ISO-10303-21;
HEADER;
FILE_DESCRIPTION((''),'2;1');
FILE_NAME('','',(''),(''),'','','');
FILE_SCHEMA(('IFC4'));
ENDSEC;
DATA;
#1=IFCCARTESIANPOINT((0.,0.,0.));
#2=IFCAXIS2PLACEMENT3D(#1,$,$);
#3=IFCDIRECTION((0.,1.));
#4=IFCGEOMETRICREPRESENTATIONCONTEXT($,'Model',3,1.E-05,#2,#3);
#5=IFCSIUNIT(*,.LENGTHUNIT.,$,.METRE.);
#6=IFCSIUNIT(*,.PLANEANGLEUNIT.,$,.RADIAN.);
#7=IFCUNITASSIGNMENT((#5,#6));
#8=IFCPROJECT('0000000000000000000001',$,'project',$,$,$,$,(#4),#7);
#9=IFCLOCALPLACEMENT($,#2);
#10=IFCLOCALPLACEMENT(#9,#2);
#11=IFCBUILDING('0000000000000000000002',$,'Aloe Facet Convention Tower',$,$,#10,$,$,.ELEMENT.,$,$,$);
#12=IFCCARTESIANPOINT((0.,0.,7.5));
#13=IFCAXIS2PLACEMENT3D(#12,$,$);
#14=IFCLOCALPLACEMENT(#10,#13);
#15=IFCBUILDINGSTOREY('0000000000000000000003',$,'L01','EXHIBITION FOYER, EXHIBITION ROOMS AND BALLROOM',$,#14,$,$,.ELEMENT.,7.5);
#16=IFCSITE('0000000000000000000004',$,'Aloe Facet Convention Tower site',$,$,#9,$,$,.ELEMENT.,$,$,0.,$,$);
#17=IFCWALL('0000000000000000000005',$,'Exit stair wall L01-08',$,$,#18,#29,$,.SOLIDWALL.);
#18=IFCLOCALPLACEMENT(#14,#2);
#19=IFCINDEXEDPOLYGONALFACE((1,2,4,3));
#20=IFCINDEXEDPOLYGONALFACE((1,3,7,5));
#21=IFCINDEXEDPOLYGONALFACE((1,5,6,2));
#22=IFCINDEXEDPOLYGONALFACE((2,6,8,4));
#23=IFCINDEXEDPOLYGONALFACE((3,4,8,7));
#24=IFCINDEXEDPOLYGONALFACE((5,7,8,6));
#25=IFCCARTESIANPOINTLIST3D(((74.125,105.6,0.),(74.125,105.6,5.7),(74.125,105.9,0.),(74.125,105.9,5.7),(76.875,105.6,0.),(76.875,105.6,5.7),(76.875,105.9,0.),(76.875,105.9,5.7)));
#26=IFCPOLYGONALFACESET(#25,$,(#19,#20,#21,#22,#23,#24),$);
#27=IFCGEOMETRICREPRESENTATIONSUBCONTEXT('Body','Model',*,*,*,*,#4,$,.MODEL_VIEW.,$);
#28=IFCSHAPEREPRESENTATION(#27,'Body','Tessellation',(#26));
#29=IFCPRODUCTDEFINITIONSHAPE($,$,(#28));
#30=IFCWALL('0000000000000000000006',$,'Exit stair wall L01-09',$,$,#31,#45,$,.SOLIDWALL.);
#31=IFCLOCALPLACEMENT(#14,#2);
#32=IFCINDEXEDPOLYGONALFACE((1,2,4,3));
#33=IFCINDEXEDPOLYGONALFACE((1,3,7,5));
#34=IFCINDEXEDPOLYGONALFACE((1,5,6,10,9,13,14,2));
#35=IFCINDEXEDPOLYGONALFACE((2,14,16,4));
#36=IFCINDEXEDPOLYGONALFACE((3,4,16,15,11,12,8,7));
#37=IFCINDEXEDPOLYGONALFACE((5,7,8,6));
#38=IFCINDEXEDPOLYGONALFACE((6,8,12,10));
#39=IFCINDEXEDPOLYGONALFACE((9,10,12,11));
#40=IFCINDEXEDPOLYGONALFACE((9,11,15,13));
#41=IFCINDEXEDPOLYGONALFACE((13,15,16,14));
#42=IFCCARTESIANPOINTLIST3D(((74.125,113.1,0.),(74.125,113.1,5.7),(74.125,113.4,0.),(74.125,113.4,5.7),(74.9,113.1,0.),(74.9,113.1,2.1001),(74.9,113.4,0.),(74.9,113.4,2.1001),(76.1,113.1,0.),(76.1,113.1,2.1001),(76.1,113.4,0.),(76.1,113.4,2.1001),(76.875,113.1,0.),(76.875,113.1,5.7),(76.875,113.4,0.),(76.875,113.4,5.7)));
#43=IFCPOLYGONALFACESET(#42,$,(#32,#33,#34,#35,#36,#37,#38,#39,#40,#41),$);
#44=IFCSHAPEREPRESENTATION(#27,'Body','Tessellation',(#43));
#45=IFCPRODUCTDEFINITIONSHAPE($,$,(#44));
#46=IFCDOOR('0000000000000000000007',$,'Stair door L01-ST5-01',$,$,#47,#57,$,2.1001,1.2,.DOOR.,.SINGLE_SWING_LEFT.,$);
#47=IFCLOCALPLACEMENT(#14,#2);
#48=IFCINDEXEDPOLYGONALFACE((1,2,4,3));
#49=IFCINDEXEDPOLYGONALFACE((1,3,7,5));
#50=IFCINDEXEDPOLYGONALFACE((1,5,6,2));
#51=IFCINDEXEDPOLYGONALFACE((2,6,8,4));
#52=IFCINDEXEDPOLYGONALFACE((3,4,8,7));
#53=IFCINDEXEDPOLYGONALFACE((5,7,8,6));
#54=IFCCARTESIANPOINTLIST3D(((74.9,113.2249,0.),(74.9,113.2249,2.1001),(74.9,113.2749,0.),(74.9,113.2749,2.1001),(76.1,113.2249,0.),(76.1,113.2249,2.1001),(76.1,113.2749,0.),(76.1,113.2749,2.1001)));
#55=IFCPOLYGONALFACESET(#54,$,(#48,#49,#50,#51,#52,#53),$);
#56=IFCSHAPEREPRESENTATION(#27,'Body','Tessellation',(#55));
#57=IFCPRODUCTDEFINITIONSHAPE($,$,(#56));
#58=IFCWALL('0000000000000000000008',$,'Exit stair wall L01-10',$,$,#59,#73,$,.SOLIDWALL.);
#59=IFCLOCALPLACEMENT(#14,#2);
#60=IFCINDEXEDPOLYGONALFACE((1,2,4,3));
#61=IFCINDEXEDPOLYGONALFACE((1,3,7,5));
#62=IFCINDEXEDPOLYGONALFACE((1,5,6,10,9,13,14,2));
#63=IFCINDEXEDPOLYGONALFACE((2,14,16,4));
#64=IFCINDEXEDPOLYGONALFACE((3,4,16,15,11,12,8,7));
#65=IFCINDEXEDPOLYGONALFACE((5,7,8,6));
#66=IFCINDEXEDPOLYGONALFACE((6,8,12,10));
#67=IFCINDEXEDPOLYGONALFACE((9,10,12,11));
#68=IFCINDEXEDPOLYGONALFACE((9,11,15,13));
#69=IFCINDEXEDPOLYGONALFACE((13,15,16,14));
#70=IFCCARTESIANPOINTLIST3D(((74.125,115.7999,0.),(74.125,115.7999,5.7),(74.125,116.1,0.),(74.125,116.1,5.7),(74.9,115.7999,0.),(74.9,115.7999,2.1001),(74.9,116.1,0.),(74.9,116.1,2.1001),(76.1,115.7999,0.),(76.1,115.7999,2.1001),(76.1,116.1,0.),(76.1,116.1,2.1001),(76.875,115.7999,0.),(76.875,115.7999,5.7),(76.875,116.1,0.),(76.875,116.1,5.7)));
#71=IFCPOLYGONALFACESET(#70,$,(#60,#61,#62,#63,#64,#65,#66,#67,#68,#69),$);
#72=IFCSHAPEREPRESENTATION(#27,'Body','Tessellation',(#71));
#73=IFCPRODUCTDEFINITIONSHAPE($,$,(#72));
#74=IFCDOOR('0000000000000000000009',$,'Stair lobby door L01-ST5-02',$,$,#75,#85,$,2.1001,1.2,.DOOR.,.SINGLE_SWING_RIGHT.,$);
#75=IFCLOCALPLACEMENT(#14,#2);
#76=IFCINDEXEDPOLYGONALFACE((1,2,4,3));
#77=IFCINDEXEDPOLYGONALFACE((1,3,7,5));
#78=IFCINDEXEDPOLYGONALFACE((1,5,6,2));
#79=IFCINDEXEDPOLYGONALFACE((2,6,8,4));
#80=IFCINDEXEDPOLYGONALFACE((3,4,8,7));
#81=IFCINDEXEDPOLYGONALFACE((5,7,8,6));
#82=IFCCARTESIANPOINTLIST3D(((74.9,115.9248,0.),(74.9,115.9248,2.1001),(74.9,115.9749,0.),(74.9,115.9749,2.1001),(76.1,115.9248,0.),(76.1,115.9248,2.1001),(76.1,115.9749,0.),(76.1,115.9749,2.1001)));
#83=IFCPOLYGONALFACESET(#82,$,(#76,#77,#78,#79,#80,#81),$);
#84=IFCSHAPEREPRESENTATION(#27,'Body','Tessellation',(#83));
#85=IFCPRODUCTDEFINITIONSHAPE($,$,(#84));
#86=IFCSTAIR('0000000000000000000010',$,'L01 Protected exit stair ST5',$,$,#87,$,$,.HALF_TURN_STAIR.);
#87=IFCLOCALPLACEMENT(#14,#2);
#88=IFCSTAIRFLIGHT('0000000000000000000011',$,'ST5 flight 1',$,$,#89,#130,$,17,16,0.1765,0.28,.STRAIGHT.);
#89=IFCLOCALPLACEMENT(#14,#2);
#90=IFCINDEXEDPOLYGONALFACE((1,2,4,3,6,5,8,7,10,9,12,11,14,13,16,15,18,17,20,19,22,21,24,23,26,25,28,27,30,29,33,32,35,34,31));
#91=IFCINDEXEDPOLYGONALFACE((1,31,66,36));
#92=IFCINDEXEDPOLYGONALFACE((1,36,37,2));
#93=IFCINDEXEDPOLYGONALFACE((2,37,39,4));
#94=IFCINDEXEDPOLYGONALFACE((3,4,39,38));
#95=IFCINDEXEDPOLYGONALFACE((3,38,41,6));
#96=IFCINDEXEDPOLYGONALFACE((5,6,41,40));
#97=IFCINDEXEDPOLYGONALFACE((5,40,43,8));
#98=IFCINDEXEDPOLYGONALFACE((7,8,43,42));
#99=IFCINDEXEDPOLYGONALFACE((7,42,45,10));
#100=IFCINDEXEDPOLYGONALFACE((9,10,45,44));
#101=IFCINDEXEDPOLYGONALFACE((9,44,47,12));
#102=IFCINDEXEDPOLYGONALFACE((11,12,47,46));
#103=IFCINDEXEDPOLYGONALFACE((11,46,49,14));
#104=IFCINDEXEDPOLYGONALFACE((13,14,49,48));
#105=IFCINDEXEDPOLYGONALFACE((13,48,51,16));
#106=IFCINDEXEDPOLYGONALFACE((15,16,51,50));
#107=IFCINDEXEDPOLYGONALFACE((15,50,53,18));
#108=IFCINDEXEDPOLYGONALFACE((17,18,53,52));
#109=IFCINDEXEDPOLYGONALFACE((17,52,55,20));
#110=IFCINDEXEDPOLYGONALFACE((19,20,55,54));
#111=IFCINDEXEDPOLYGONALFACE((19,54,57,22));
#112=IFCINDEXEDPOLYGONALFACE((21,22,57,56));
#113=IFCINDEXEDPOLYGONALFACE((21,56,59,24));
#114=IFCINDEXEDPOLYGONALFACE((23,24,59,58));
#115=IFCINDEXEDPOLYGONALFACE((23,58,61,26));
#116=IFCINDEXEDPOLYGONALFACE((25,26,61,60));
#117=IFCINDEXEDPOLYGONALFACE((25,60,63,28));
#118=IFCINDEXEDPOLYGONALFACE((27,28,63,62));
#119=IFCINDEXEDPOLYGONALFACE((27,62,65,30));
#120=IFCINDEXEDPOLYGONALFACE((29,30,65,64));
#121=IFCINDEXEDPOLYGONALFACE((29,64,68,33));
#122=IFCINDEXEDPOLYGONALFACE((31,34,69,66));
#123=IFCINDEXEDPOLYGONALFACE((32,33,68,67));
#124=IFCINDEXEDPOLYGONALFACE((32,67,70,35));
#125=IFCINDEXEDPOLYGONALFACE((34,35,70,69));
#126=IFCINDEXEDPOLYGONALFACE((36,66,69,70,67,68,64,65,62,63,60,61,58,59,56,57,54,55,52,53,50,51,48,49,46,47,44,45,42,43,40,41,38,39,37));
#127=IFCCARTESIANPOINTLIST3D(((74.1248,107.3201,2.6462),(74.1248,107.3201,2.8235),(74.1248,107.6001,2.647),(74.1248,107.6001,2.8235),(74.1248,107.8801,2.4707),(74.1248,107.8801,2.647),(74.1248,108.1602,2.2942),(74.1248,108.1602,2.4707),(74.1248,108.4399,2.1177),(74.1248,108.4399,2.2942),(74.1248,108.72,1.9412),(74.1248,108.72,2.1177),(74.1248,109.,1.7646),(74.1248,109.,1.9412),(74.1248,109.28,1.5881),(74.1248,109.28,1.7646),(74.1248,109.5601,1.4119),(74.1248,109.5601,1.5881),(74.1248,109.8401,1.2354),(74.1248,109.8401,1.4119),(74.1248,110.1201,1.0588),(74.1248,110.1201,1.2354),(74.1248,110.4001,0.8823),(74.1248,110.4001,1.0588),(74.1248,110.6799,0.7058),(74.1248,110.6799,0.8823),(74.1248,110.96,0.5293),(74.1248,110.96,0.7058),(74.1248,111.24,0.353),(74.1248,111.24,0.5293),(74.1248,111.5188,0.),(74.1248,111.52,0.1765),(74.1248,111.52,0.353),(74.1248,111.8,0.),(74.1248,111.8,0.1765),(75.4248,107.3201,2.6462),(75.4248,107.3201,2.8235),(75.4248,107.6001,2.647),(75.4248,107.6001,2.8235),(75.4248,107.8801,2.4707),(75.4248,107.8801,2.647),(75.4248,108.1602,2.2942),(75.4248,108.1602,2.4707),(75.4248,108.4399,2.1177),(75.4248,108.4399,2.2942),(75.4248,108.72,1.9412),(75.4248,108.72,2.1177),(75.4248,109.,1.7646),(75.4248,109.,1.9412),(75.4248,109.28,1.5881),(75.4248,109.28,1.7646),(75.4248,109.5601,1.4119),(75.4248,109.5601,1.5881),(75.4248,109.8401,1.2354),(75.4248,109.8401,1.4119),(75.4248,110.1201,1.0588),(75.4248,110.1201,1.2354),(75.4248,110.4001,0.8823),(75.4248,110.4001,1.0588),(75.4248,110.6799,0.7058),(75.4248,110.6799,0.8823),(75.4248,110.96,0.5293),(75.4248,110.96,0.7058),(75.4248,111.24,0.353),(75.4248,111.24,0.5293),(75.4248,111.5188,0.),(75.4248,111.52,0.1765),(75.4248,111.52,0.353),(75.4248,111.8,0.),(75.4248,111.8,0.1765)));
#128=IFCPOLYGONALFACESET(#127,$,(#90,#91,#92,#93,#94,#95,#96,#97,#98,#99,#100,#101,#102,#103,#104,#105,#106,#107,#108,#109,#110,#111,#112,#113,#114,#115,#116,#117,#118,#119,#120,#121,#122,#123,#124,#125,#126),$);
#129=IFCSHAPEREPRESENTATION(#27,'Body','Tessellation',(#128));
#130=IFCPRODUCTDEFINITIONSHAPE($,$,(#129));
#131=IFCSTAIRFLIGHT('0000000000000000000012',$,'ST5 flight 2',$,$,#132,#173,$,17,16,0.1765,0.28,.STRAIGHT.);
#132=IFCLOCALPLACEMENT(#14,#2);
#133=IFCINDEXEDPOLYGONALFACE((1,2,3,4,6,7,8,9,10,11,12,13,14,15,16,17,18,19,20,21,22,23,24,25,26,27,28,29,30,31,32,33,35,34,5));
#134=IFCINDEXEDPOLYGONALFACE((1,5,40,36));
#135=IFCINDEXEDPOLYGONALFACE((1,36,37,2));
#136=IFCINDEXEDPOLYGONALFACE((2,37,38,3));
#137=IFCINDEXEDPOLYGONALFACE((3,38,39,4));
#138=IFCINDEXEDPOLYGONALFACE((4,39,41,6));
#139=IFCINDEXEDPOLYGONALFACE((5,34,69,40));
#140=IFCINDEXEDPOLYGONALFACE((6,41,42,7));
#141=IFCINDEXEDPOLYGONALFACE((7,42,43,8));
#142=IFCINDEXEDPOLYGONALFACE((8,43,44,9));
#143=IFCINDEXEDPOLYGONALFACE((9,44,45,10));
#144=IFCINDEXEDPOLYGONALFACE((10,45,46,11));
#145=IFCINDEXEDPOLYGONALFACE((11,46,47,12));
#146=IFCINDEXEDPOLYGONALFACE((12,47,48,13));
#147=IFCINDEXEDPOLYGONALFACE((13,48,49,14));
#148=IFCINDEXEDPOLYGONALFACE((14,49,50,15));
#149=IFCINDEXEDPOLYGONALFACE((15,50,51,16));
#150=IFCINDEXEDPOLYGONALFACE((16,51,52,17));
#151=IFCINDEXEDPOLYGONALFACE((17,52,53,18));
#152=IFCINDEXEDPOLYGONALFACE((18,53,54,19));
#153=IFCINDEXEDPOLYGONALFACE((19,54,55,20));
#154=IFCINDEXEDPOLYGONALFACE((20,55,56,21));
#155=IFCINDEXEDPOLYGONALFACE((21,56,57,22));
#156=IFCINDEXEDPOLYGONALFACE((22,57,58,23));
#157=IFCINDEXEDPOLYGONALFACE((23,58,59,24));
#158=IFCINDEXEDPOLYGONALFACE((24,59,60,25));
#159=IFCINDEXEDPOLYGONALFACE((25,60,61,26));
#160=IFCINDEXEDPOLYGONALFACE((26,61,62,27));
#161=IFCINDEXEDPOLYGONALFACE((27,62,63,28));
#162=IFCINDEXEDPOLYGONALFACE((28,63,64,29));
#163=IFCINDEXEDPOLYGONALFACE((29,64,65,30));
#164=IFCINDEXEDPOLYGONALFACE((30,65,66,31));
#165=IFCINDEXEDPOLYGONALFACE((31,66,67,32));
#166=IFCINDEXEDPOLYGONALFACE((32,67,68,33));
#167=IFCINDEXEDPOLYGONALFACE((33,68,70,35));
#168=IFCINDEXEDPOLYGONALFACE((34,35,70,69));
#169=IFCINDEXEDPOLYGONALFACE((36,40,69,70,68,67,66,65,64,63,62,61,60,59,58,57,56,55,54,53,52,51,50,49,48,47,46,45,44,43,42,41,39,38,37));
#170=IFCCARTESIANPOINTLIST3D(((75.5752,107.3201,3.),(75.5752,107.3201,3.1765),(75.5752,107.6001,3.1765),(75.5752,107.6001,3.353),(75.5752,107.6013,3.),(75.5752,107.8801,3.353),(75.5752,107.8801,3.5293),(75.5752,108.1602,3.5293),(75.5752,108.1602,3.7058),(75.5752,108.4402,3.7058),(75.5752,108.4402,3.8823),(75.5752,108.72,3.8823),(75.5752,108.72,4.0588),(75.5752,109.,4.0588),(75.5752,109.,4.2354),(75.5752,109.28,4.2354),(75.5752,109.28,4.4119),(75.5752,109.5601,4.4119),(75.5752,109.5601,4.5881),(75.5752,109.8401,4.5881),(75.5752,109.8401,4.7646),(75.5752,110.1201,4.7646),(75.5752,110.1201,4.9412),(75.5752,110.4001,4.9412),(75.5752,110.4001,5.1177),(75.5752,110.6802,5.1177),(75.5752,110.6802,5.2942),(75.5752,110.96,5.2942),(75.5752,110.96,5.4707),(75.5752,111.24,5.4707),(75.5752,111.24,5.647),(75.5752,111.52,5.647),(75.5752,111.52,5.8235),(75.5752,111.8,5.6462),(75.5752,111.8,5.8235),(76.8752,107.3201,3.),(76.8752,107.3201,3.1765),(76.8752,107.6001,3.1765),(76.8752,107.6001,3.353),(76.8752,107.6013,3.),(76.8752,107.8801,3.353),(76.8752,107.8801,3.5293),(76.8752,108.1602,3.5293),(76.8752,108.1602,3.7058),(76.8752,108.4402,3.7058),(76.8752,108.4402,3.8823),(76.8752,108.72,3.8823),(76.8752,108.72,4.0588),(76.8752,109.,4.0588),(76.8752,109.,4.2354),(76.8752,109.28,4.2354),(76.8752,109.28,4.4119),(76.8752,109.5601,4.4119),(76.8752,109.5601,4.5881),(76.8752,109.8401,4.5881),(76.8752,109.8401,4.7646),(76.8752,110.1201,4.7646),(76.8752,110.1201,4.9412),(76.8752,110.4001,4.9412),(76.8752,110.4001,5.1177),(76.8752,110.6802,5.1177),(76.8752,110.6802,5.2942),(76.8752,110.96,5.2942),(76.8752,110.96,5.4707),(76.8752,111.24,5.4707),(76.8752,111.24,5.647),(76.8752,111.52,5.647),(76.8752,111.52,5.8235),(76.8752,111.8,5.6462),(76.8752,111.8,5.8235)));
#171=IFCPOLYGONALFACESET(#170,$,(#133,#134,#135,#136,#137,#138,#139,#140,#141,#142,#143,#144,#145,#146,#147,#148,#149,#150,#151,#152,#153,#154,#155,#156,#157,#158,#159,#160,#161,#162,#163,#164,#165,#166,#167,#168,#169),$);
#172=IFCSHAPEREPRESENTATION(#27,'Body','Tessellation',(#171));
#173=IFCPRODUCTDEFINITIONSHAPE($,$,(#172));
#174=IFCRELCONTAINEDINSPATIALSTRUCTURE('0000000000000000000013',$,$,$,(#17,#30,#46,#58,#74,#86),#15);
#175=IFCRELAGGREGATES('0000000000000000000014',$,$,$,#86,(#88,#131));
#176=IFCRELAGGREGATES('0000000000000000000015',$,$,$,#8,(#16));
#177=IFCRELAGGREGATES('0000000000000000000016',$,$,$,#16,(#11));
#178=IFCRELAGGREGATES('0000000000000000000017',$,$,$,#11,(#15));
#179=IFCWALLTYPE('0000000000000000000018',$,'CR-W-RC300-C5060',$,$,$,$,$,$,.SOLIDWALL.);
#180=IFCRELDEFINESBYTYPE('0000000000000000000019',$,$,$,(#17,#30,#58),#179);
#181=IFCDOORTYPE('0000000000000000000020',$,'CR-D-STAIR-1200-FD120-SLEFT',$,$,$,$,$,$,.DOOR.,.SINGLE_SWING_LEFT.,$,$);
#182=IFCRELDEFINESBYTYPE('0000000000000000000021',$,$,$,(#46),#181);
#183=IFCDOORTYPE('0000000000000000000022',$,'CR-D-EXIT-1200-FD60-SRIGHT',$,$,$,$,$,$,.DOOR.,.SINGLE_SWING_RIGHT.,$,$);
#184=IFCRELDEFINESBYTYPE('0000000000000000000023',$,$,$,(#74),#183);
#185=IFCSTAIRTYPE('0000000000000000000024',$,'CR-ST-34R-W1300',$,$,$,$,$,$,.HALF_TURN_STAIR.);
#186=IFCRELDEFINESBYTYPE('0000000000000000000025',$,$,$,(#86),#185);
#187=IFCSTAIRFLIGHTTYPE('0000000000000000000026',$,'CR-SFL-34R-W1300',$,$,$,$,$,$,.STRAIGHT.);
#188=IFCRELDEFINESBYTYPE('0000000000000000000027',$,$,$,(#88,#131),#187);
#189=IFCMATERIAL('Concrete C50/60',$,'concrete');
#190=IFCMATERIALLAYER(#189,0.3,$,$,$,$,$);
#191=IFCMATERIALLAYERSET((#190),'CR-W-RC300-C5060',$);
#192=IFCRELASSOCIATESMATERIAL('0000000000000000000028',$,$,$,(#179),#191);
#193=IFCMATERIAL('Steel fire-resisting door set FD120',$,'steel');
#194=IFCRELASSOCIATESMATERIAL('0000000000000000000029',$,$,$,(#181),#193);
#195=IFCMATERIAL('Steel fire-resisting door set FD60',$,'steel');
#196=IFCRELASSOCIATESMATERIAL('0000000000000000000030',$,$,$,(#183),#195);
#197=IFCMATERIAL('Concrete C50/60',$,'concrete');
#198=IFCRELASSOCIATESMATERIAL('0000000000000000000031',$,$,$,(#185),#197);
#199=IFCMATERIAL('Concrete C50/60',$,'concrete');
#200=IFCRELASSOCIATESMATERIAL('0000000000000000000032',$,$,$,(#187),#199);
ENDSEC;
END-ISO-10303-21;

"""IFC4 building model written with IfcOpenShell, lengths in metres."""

from ifc_helpers import new_model, si_unit, direction, frame, frame_2d, origin, place, context, subcontext, project, spatial, polyline, rectangle, outline, extrude, material, layer, layer_set, type_object, element, fill, aggregate, save


model = new_model("IFC4")

# Units and contexts
model_context = context("Model", 3, precision=1e-05, world=origin(), true_north=direction((0.0, 1.0)))
body_context = subcontext(model_context, "Body", "Model", "MODEL_VIEW")
ifc_project = project(units=[si_unit("LENGTHUNIT", "METRE"), si_unit("PLANEANGLEUNIT", "RADIAN")], contexts=[model_context])

# Site, building, storey
site_placement = place(None, origin())
site = spatial("IfcSite", under=ifc_project, at=site_placement, Name="Aloe Facet Convention Tower site", CompositionType="ELEMENT", RefElevation=0.0)
building_placement = place(site_placement, origin())
building = spatial("IfcBuilding", under=site, at=building_placement, Name="Aloe Facet Convention Tower", CompositionType="ELEMENT")
storey_placement = place(building_placement, frame((0.0, 0.0, 7.5)))
storey = spatial("IfcBuildingStorey", under=building, at=storey_placement, Name="L01", Description="EXHIBITION FOYER, EXHIBITION ROOMS AND BALLROOM", CompositionType="ELEMENT", Elevation=7.5)

# Wall
ifc_material_1 = material(Name="Concrete C50/60", Category="concrete")
ifc_layer = layer(ifc_material_1, 0.3)
ifc_layer_set = layer_set([ifc_layer], Name="CR-W-RC300-C5060")
wall_type = type_object("IfcWallType", Name="CR-W-RC300-C5060", PredefinedType="SOLIDWALL", material=ifc_layer_set)
wall_1_placement = place(storey_placement, frame((74.125, 105.75, 0.0), z_axis=(0.0, 0.0, 1.0), x_axis=(1.0, 0.0, 0.0)))
element("IfcWall", 1, at=wall_1_placement, inside=storey, type_object=wall_type, Name="Exit stair wall L01-08", PredefinedType="SOLIDWALL", context=body_context, shape_type="SweptSolid", body=[
    extrude(rectangle(XDim=2.75, YDim=0.3, at=frame_2d((1.375, 0.0))), origin(), (0.0, 0.0, 1.0), 5.7),
])

# Walls, openings, doors
wall_2_placement = place(storey_placement, frame((74.125, 113.25, 0.0), z_axis=(0.0, 0.0, 1.0), x_axis=(1.0, 0.0, 0.0)))
wall_2 = element("IfcWall", 2, at=wall_2_placement, inside=storey, type_object=wall_type, Name="Exit stair wall L01-09", PredefinedType="SOLIDWALL", context=body_context, shape_type="SweptSolid", body=[
    extrude(rectangle(XDim=2.75, YDim=0.3, at=frame_2d((1.375, 0.0))), origin(), (0.0, 0.0, 1.0), 5.7),
])
opening_1_placement = place(wall_2_placement, frame((0.7749, 0.0, 0.0)))
opening_1 = element("IfcOpeningElement", 3, at=opening_1_placement, cuts=wall_2, PredefinedType="OPENING", context=body_context, shape_type="SweptSolid", body=[
    extrude(rectangle(XDim=1.2, YDim=2.1001, at=frame_2d((0.6001, 1.05))), frame((0.0, 0.1602, 0.0), z_axis=(0.0, -1.0, 0.0), x_axis=(1.0, 0.0, 0.0)), (0.0, 0.0, 1.0), 0.3201),
])
ifc_material_2 = material(Name="Steel fire-resisting door set FD120", Category="steel")
door_type_1 = type_object("IfcDoorType", Name="CR-D-STAIR-1200-FD120-SLEFT", OperationType="SINGLE_SWING_LEFT", PredefinedType="DOOR", material=ifc_material_2)
door_1_placement = place(opening_1_placement, origin())
door_1 = element("IfcDoor", 4, at=door_1_placement, inside=storey, type_object=door_type_1, Name="Stair door L01-ST5-01", OperationType="SINGLE_SWING_LEFT", OverallHeight=2.1001, OverallWidth=1.2, PredefinedType="DOOR", context=body_context, shape_type="SweptSolid", body=[
    extrude(rectangle(XDim=1.2, YDim=2.1001, at=frame_2d((0.6001, 1.05))), frame((0.0, 0.0249, 0.0), z_axis=(0.0, -1.0, 0.0), x_axis=(1.0, 0.0, 0.0)), (0.0, 0.0, 1.0), 0.05),
])
fill(opening_1, door_1)
wall_3_placement = place(storey_placement, frame((74.125, 115.95, 0.0), z_axis=(0.0, 0.0, 1.0), x_axis=(1.0, 0.0, 0.0)))
wall_3 = element("IfcWall", 5, at=wall_3_placement, inside=storey, type_object=wall_type, Name="Exit stair wall L01-10", PredefinedType="SOLIDWALL", context=body_context, shape_type="SweptSolid", body=[
    extrude(rectangle(XDim=2.75, YDim=0.3, at=frame_2d((1.375, 0.0))), origin(), (0.0, 0.0, 1.0), 5.7),
])
opening_2_placement = place(wall_3_placement, frame((0.7749, 0.0, 0.0)))
opening_2 = element("IfcOpeningElement", 6, at=opening_2_placement, cuts=wall_3, PredefinedType="OPENING", context=body_context, shape_type="SweptSolid", body=[
    extrude(rectangle(XDim=1.2, YDim=2.1001, at=frame_2d((0.6001, 1.05))), frame((0.0, 0.1602, 0.0), z_axis=(0.0, -1.0, 0.0), x_axis=(1.0, 0.0, 0.0)), (0.0, 0.0, 1.0), 0.3201),
])
ifc_material_3 = material(Name="Steel fire-resisting door set FD60", Category="steel")
door_type_2 = type_object("IfcDoorType", Name="CR-D-EXIT-1200-FD60-SRIGHT", OperationType="SINGLE_SWING_RIGHT", PredefinedType="DOOR", material=ifc_material_3)
door_2_placement = place(opening_2_placement, origin())
door_2 = element("IfcDoor", 7, at=door_2_placement, inside=storey, type_object=door_type_2, Name="Stair lobby door L01-ST5-02", OperationType="SINGLE_SWING_RIGHT", OverallHeight=2.1001, OverallWidth=1.2, PredefinedType="DOOR", context=body_context, shape_type="SweptSolid", body=[
    extrude(rectangle(XDim=1.2, YDim=2.1001, at=frame_2d((0.6001, 1.05))), frame((0.0, 0.0249, 0.0), z_axis=(0.0, -1.0, 0.0), x_axis=(1.0, 0.0, 0.0)), (0.0, 0.0, 1.0), 0.05),
])
fill(opening_2, door_2)

# Stair, stair flights
ifc_material_4 = material(Name="Concrete C50/60", Category="concrete")
stair_type = type_object("IfcStairType", Name="CR-ST-34R-W1300", PredefinedType="HALF_TURN_STAIR", material=ifc_material_4)
stair_placement = place(storey_placement, origin())
stair = element("IfcStair", 8, at=stair_placement, inside=storey, type_object=stair_type, Name="L01 Protected exit stair ST5", PredefinedType="HALF_TURN_STAIR")
ifc_material_5 = material(Name="Concrete C50/60", Category="concrete")
stair_flight_type = type_object("IfcStairFlightType", Name="CR-SFL-34R-W1300", PredefinedType="STRAIGHT", material=ifc_material_5)
stair_flight_1_placement = place(storey_placement, frame((74.7749, 111.8, 0.0), z_axis=(0.0, 0.0, 1.0), x_axis=(0.0, -1.0, 0.0)))
stair_flight_1 = element("IfcStairFlight", 9, at=stair_flight_1_placement, type_object=stair_flight_type, Name="ST5 flight 1", NumberOfRisers=17, NumberOfTreads=16, PredefinedType="STRAIGHT", RiserHeight=0.1765, TreadLength=0.28, context=body_context, shape_type="SweptSolid", body=[
    extrude(outline(polyline([(0.0, 0.0), (0.0, 0.1765), (0.28, 0.1765), (0.28, 0.353), (0.5601, 0.353), (0.5601, 0.5293), (0.8401, 0.5293), (0.8401, 0.7058), (1.1201, 0.7058), (1.1201, 0.8823), (1.3999, 0.8823), (1.3999, 1.0588), (1.6799, 1.0588), (1.6799, 1.2354), (1.96, 1.2354), (1.96, 1.4119), (2.24, 1.4119), (2.24, 1.5881), (2.52, 1.5881), (2.52, 1.7646), (2.8, 1.7646), (2.8, 1.9412), (3.0801, 1.9412), (3.0801, 2.1177), (3.3601, 2.1177), (3.3601, 2.2942), (3.6399, 2.2942), (3.6399, 2.4707), (3.9199, 2.4707), (3.9199, 2.647), (4.2, 2.647), (4.2, 2.8235), (4.48, 2.8235), (4.48, 3.0), (4.48, 2.6462), (0.2812, 0.0), (0.0, 0.0)])), frame((0.0, 0.6499, 0.0), z_axis=(0.0, -1.0, 0.0), x_axis=(1.0, 0.0, 0.0)), (0.0, 0.0, 1.0), 1.3),
])
stair_flight_2_placement = place(storey_placement, frame((76.2251, 107.3201, 3.0), z_axis=(0.0, 0.0, 1.0), x_axis=(0.0, 1.0, 0.0)))
stair_flight_2 = element("IfcStairFlight", 10, at=stair_flight_2_placement, type_object=stair_flight_type, Name="ST5 flight 2", NumberOfRisers=17, NumberOfTreads=16, PredefinedType="STRAIGHT", RiserHeight=0.1765, TreadLength=0.28, context=body_context, shape_type="SweptSolid", body=[
    extrude(outline(polyline([(0.0, 0.0), (0.0, 0.1765), (0.28, 0.1765), (0.28, 0.353), (0.5601, 0.353), (0.5601, 0.5293), (0.8401, 0.5293), (0.8401, 0.7058), (1.1201, 0.7058), (1.1201, 0.8823), (1.3999, 0.8823), (1.3999, 1.0588), (1.6799, 1.0588), (1.6799, 1.2354), (1.96, 1.2354), (1.96, 1.4119), (2.24, 1.4119), (2.24, 1.5881), (2.52, 1.5881), (2.52, 1.7646), (2.8, 1.7646), (2.8, 1.9412), (3.0801, 1.9412), (3.0801, 2.1177), (3.3601, 2.1177), (3.3601, 2.2942), (3.6399, 2.2942), (3.6399, 2.4707), (3.9199, 2.4707), (3.9199, 2.647), (4.2, 2.647), (4.2, 2.8235), (4.48, 2.8235), (4.48, 3.0), (4.48, 2.6462), (0.2812, 0.0), (0.0, 0.0)])), frame((0.0, 0.6499, 0.0), z_axis=(0.0, -1.0, 0.0), x_axis=(1.0, 0.0, 0.0)), (0.0, 0.0, 1.0), 1.3),
])
aggregate(stair, [stair_flight_1, stair_flight_2])

save(model, "model.ifc")
